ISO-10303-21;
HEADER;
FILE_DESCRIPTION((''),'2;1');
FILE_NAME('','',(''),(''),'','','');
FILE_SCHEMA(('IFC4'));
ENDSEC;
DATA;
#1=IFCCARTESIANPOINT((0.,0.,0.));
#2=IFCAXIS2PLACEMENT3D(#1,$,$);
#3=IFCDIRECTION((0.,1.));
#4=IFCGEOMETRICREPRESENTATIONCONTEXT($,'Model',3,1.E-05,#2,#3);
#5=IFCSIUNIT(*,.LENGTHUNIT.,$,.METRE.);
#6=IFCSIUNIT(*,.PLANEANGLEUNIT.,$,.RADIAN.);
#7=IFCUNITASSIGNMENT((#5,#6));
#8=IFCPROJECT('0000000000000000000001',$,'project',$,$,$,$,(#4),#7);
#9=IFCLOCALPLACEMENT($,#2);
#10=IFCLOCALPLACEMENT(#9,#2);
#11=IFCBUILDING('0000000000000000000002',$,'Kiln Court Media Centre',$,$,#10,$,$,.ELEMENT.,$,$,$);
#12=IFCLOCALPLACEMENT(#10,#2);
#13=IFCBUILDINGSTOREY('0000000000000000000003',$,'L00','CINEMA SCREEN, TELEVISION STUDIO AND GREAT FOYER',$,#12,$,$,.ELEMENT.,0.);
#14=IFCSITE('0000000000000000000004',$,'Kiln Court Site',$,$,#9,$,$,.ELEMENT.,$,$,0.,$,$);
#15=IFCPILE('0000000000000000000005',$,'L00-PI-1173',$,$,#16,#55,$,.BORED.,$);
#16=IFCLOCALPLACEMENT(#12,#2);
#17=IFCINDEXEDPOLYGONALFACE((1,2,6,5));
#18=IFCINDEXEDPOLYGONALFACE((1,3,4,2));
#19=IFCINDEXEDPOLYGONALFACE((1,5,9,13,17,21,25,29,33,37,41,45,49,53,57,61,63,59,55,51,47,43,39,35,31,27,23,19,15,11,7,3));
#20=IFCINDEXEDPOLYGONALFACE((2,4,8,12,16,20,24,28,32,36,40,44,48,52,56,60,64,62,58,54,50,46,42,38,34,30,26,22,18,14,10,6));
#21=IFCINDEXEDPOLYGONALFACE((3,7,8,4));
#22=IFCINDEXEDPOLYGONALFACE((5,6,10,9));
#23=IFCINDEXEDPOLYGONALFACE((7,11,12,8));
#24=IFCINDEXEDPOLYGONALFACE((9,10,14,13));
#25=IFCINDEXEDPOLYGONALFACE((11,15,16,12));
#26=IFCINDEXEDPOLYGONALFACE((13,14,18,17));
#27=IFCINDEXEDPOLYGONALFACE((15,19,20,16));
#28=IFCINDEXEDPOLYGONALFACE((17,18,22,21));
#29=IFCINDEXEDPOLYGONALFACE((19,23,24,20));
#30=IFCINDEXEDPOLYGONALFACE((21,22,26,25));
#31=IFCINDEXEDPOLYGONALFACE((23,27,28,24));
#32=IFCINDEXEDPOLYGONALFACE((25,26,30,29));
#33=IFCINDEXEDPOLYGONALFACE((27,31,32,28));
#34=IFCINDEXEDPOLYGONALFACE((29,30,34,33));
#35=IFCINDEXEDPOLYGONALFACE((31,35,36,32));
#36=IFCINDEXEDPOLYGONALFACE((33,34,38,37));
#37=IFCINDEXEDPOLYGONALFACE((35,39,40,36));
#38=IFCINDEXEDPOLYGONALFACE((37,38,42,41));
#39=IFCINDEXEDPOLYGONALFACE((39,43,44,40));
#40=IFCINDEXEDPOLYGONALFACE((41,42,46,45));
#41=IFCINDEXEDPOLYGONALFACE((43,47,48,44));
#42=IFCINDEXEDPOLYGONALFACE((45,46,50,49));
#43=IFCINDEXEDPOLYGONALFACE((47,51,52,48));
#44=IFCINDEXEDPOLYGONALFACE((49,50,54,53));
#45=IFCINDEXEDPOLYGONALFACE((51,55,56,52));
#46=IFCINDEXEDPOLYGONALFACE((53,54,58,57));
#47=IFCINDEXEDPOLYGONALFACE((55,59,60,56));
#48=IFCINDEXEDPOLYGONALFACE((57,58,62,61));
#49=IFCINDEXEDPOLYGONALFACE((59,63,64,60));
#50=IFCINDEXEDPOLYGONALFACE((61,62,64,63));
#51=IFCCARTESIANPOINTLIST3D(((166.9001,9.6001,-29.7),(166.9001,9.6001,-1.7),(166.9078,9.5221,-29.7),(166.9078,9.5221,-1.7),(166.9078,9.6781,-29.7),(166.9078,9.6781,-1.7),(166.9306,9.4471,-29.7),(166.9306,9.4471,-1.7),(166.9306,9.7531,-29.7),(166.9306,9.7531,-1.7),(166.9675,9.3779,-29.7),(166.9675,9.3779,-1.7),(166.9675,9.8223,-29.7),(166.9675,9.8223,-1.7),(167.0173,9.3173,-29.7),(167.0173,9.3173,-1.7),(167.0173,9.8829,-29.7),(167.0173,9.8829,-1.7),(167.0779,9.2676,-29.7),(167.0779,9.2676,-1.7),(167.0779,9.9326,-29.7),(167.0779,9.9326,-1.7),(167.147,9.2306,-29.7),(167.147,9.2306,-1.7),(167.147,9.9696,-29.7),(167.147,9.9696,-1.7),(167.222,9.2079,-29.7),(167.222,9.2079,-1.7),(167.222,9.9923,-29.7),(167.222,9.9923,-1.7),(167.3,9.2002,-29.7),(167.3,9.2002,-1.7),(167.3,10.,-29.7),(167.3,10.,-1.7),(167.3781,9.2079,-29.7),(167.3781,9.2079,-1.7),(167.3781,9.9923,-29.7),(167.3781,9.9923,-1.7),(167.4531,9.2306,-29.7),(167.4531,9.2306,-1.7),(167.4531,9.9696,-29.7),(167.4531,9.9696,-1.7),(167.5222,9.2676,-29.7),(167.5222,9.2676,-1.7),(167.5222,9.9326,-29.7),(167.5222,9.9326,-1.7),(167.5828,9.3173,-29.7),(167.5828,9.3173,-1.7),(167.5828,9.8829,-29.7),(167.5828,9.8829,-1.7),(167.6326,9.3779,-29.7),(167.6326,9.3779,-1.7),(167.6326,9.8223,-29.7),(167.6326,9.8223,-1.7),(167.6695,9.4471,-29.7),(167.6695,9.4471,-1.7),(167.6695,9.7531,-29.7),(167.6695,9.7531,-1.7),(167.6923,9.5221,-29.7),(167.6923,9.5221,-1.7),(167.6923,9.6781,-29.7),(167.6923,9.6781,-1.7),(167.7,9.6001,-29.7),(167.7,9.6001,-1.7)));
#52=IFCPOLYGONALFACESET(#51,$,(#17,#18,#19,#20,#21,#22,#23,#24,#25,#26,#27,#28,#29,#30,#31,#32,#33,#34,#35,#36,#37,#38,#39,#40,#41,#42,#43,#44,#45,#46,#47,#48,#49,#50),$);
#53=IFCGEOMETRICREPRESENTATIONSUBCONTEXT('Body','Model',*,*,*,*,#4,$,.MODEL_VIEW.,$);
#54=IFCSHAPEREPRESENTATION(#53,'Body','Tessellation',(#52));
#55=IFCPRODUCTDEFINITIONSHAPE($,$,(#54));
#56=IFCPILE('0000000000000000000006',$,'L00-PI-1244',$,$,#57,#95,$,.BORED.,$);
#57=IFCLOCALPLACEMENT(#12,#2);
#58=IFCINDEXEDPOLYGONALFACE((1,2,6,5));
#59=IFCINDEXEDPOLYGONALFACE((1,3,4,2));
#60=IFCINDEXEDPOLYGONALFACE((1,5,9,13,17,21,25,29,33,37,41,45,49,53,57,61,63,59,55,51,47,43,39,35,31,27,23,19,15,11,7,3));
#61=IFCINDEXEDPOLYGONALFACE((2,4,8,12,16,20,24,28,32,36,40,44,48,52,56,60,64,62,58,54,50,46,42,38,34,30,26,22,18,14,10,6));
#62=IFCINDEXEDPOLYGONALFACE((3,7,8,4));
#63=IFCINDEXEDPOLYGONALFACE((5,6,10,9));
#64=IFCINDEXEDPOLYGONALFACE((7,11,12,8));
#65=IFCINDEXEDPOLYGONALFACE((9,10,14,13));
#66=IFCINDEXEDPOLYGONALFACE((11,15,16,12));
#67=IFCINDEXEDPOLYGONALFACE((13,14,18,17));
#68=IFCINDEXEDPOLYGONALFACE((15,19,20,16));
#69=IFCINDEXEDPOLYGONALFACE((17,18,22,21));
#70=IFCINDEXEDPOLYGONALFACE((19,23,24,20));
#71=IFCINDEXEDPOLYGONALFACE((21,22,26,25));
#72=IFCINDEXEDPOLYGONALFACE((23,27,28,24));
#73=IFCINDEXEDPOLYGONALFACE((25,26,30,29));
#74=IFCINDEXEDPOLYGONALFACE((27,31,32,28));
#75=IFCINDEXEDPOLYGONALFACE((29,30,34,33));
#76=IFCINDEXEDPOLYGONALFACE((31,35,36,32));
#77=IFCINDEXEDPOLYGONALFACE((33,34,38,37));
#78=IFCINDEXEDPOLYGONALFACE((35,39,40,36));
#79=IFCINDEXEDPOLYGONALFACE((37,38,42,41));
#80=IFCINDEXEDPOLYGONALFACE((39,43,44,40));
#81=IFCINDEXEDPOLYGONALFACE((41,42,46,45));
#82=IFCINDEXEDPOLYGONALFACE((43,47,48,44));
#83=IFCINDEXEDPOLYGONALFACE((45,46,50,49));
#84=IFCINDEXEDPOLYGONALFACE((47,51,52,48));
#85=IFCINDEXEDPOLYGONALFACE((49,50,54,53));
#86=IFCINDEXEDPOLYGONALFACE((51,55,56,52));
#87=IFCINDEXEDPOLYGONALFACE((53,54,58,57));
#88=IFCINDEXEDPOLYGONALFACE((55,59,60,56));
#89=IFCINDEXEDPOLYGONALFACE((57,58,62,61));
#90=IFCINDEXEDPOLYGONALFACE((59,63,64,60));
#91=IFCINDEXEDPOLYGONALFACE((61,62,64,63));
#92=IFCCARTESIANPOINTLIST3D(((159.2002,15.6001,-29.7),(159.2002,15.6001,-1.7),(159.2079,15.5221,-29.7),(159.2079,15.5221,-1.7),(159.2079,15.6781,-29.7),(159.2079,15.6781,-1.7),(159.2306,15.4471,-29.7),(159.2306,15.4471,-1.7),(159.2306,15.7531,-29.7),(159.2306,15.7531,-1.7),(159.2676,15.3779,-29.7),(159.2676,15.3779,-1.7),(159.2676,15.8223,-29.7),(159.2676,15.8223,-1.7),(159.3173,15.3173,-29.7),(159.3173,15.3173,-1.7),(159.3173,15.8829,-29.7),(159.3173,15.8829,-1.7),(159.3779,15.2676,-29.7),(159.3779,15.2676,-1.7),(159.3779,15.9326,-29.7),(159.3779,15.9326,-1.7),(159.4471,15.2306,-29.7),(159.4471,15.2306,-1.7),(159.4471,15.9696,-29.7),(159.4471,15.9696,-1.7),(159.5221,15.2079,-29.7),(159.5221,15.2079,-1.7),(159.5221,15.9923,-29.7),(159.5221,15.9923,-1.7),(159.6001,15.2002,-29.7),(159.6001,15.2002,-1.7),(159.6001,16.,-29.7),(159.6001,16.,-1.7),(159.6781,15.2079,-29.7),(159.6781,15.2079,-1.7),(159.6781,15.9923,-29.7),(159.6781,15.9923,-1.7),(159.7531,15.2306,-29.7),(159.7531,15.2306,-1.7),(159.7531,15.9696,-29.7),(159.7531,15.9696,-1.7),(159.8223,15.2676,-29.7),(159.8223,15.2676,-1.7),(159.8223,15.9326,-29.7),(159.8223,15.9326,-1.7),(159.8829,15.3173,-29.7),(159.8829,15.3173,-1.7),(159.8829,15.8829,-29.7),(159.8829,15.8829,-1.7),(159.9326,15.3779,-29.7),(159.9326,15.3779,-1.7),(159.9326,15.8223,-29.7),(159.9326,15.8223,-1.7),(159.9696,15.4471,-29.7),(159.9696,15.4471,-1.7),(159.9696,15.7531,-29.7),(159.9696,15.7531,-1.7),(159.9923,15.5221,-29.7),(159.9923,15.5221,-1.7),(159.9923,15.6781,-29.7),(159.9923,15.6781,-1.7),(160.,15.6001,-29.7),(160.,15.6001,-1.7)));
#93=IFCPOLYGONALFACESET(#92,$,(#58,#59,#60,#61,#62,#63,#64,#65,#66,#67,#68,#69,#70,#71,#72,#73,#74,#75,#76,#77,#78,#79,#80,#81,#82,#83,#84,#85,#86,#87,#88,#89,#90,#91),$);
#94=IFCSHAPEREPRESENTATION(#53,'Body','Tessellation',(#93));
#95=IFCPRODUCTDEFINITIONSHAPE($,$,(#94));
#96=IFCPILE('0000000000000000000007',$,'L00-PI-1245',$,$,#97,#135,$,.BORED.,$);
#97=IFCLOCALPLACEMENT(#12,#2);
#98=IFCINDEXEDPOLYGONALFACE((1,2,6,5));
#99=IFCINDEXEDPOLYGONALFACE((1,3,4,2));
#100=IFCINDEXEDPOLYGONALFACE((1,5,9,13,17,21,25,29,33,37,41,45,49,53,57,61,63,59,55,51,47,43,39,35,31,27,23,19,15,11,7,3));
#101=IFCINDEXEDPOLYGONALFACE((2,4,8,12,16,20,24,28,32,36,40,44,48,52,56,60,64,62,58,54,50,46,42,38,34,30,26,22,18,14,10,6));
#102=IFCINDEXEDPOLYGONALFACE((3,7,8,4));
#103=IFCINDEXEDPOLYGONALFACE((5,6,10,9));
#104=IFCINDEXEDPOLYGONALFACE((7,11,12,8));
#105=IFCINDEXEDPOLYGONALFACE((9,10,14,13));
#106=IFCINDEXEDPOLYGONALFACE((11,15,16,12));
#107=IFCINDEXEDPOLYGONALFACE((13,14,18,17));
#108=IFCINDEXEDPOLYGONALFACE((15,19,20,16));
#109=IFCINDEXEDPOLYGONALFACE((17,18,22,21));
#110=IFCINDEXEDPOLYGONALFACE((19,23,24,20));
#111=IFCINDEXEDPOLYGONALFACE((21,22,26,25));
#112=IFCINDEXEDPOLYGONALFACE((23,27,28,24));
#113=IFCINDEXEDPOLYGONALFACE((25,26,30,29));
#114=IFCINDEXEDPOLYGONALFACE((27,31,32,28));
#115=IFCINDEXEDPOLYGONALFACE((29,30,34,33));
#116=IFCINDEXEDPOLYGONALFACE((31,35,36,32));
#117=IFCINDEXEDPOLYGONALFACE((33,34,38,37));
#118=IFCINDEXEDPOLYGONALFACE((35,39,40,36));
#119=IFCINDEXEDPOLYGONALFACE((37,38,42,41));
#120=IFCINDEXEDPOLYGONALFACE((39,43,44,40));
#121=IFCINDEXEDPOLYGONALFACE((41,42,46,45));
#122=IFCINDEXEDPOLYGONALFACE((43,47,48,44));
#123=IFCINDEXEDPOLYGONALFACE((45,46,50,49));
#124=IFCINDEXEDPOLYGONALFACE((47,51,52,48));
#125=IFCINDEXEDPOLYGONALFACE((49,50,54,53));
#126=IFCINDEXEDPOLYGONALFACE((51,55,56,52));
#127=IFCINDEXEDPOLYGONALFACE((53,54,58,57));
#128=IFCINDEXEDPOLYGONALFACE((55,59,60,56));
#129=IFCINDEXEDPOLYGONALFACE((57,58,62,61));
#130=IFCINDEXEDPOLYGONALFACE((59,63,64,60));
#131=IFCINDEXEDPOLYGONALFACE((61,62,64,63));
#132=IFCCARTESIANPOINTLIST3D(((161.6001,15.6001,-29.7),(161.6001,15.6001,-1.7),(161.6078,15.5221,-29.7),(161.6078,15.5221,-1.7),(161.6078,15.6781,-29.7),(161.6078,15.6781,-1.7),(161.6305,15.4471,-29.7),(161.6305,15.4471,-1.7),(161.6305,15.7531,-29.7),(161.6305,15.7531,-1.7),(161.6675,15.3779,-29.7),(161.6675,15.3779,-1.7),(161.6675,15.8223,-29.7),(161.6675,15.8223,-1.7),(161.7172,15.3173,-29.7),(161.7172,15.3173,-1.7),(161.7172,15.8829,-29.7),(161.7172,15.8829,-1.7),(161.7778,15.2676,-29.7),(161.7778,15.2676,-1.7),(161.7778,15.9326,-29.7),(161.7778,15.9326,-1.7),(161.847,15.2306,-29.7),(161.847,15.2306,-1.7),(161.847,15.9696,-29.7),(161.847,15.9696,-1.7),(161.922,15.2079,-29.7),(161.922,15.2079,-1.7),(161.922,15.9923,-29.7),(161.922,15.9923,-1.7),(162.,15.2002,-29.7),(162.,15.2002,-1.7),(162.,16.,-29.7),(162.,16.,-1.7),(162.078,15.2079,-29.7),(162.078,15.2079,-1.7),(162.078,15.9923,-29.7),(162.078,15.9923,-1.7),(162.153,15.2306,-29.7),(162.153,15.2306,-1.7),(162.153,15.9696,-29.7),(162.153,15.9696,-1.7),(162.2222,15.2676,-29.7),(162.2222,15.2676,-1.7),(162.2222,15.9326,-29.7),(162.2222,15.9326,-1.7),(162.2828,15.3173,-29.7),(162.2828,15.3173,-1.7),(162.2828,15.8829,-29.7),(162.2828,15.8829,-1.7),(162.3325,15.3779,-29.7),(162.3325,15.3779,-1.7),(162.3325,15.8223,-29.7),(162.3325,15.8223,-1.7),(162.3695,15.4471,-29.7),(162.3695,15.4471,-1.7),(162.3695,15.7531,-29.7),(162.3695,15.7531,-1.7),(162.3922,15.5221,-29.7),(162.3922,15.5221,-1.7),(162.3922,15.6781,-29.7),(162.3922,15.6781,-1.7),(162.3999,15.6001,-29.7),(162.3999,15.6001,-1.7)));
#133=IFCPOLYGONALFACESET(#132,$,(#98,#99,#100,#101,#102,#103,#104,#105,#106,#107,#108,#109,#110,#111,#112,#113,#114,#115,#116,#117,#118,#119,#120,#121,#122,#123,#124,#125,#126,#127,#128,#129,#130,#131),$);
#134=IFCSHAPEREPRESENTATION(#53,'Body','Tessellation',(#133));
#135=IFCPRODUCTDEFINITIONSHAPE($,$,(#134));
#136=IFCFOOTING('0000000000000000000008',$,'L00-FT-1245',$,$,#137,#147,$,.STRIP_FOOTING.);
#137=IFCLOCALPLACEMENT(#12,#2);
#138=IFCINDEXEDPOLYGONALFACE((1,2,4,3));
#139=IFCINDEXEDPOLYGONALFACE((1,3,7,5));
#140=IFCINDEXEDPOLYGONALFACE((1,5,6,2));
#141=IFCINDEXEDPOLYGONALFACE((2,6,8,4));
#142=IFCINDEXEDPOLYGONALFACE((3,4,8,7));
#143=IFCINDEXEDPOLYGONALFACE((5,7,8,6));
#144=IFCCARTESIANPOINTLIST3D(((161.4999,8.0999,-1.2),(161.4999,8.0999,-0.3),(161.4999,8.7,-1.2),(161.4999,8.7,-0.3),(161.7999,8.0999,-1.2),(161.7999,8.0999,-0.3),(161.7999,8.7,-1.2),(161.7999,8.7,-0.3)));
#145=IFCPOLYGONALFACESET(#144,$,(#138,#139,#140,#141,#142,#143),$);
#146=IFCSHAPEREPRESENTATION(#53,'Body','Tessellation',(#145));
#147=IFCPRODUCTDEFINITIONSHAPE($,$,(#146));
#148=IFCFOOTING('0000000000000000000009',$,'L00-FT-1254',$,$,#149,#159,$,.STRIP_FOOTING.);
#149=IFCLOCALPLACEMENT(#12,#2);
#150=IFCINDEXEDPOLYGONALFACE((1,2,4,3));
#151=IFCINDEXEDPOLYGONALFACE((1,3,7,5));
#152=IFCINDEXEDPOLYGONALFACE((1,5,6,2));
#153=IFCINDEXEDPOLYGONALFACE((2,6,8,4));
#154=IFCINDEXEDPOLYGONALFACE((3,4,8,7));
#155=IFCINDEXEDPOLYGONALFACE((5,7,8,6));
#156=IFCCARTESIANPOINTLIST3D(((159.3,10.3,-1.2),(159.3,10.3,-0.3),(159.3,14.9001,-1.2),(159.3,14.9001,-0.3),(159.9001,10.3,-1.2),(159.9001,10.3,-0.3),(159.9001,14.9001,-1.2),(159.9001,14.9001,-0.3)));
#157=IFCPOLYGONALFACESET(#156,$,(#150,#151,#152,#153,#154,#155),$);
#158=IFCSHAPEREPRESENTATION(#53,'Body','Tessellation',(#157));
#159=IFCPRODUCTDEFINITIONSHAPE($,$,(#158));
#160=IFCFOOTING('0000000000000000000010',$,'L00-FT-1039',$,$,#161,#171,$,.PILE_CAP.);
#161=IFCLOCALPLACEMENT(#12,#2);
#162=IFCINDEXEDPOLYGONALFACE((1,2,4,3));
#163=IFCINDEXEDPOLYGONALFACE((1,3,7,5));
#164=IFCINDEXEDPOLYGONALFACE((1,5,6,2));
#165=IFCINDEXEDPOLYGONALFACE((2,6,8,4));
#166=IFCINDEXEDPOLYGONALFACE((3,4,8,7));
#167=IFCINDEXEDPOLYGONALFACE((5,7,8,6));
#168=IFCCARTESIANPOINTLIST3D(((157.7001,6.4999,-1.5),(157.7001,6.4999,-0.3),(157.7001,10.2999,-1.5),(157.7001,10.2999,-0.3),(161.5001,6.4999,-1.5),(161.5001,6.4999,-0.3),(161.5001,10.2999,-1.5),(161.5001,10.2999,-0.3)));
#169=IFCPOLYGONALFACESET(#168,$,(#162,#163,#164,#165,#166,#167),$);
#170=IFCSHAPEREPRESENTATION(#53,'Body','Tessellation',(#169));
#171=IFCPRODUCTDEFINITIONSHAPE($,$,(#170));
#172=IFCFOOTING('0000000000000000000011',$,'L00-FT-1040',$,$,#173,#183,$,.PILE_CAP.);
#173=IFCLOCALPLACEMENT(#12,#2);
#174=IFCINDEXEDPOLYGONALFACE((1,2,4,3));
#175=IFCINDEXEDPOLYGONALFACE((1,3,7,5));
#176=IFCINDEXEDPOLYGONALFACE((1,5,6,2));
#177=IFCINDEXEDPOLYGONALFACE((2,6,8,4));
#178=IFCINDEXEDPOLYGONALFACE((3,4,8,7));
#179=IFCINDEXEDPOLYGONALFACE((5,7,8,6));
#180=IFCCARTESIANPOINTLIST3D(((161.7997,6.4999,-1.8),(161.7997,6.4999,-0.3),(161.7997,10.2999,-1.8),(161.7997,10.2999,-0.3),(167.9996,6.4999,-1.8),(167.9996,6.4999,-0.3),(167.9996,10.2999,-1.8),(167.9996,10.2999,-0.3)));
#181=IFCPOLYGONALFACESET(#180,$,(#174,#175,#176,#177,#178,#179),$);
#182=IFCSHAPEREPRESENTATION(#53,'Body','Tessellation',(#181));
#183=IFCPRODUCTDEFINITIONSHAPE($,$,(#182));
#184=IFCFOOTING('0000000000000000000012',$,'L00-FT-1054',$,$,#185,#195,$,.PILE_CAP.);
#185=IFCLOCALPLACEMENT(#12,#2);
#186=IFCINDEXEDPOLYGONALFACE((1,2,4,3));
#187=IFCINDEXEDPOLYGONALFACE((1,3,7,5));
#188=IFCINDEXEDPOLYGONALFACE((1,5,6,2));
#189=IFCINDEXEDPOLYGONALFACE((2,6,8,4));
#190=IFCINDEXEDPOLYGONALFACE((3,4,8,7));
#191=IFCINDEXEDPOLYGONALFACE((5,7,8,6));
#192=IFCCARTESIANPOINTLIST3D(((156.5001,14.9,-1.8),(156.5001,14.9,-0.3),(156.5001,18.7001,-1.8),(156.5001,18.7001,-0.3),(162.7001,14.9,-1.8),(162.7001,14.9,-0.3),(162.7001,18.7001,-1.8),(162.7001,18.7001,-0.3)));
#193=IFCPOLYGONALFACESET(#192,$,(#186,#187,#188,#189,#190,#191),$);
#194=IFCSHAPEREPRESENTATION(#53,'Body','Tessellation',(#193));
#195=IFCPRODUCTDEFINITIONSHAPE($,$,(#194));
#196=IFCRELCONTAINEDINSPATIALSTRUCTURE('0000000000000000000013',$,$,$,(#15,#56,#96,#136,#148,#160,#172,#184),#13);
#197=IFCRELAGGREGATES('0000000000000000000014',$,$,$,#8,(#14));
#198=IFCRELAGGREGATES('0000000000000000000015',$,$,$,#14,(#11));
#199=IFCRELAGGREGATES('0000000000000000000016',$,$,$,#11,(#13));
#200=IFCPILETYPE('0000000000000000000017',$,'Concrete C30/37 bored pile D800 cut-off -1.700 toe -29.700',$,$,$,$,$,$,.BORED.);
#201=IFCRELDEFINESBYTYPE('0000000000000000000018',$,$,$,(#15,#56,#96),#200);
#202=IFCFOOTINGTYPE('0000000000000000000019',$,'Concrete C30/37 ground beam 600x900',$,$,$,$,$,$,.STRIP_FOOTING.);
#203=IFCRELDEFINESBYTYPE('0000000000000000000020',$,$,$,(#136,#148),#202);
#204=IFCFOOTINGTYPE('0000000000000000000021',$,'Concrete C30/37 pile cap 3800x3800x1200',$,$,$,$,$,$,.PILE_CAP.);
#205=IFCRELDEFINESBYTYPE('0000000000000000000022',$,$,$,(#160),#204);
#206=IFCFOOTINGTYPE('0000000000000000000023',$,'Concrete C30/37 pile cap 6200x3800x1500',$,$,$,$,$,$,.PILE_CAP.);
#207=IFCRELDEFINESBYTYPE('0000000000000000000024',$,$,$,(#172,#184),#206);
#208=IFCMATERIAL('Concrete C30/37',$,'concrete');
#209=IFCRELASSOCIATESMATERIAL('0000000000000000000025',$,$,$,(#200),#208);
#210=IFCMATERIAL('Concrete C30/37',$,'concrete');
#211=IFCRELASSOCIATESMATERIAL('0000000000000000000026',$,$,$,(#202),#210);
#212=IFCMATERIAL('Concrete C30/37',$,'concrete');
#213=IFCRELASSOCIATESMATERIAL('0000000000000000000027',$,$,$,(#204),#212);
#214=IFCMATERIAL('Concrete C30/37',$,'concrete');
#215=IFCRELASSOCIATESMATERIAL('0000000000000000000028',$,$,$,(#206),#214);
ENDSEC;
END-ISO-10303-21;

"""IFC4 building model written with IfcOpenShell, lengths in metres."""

from ifc_helpers import new_model, si_unit, direction, frame, origin, origin_2d, place, context, subcontext, project, spatial, rectangle, circle, extrude, material, material_profile, profile_set, type_object, element, save


model = new_model("IFC4")

# Units and contexts
model_context = context("Model", 3, precision=1e-05, world=origin(), true_north=direction((0.0, 1.0)))
body_context = subcontext(model_context, "Body", "Model", "MODEL_VIEW")
ifc_project = project(units=[si_unit("LENGTHUNIT", "METRE"), si_unit("PLANEANGLEUNIT", "RADIAN")], contexts=[model_context])

# Site, building, storey
site_placement = place(None, origin())
site = spatial("IfcSite", under=ifc_project, at=site_placement, Name="Kiln Court Site", CompositionType="ELEMENT", RefElevation=0.0)
building_placement = place(site_placement, origin())
building = spatial("IfcBuilding", under=site, at=building_placement, Name="Kiln Court Media Centre", CompositionType="ELEMENT")
storey_placement = place(building_placement, origin())
storey = spatial("IfcBuildingStorey", under=building, at=storey_placement, Name="L00", Description="CINEMA SCREEN, TELEVISION STUDIO AND GREAT FOYER", CompositionType="ELEMENT", Elevation=0.0)

# Piles
ifc_material_1 = material(Name="Concrete C30/37", Category="concrete")
ifc_material_profile_1 = material_profile(ifc_material_1, circle(Radius=0.3999, at=origin_2d()), Name="PILE D800")
ifc_profile_set_1 = profile_set([ifc_material_profile_1], Name="Concrete C30/37")
pile_type_1 = type_object("IfcPileType", Name="Concrete C30/37 bored pile D800 cut-off -1.700 toe -29.700", PredefinedType="BORED", material=ifc_profile_set_1)
for number, where, z_axis, x_axis, name in (
    (1, (167.3, 9.6001, -1.7), (0.0, 0.0, -1.0), (1.0, 0.0, 0.0), "L00-PI-1173"),
    (2, (159.6001, 15.6001, -1.7), (0.0, 0.0, -1.0), (1.0, 0.0, 0.0), "L00-PI-1244"),
    (3, (162.0, 15.6001, -1.7), (0.0, 0.0, -1.0), (1.0, 0.0, 0.0), "L00-PI-1245"),
):
    element("IfcPile", number, at=place(storey_placement, frame(where, z_axis=z_axis, x_axis=x_axis)), inside=storey, type_object=pile_type_1, Name=name, PredefinedType="BORED", context=body_context, shape_type="SweptSolid", body=[
        extrude(circle(Radius=0.3999, at=origin_2d()), origin(), (0.0, 0.0, 1.0), 28.0),
    ])

# Footings
ifc_material_2 = material(Name="Concrete C30/37", Category="concrete")
footing_type_1 = type_object("IfcFootingType", Name="Concrete C30/37 ground beam 600x900", PredefinedType="STRIP_FOOTING", material=ifc_material_2)
footing_1_placement = place(storey_placement, frame((161.6499, 8.3999, -1.2), z_axis=(0.0, 0.0, 1.0), x_axis=(1.0, 0.0, 0.0)))
element("IfcFooting", 4, at=footing_1_placement, inside=storey, type_object=footing_type_1, Name="L00-FT-1245", PredefinedType="STRIP_FOOTING", context=body_context, shape_type="SweptSolid", body=[
    extrude(rectangle(XDim=0.3, YDim=0.6001, at=origin_2d()), origin(), (0.0, 0.0, 1.0), 0.8999),
])
footing_2_placement = place(storey_placement, frame((159.6001, 12.6001, -1.2), z_axis=(0.0, 0.0, 1.0), x_axis=(1.0, 0.0, 0.0)))
element("IfcFooting", 5, at=footing_2_placement, inside=storey, type_object=footing_type_1, Name="L00-FT-1254", PredefinedType="STRIP_FOOTING", context=body_context, shape_type="SweptSolid", body=[
    extrude(rectangle(XDim=0.6001, YDim=4.6001, at=origin_2d()), origin(), (0.0, 0.0, 1.0), 0.8999),
])
ifc_material_3 = material(Name="Concrete C30/37", Category="concrete")
footing_type_2 = type_object("IfcFootingType", Name="Concrete C30/37 pile cap 3800x3800x1200", PredefinedType="PILE_CAP", material=ifc_material_3)
footing_3_placement = place(storey_placement, frame((159.6001, 8.3999, -1.5), z_axis=(0.0, 0.0, 1.0), x_axis=(1.0, 0.0, 0.0)))
element("IfcFooting", 6, at=footing_3_placement, inside=storey, type_object=footing_type_2, Name="L00-FT-1039", PredefinedType="PILE_CAP", context=body_context, shape_type="SweptSolid", body=[
    extrude(rectangle(XDim=3.8, YDim=3.8, at=origin_2d()), origin(), (0.0, 0.0, 1.0), 1.2),
])
ifc_material_4 = material(Name="Concrete C30/37", Category="concrete")
footing_type_3 = type_object("IfcFootingType", Name="Concrete C30/37 pile cap 6200x3800x1500", PredefinedType="PILE_CAP", material=ifc_material_4)
for number, where, z_axis, x_axis, name in (
    (7, (164.8997, 8.3999, -1.8), (0.0, 0.0, 1.0), (1.0, 0.0, 0.0), "L00-FT-1040"),
    (8, (159.6001, 16.8, -1.8), (0.0, 0.0, 1.0), (1.0, 0.0, 0.0), "L00-FT-1054"),
):
    element("IfcFooting", number, at=place(storey_placement, frame(where, z_axis=z_axis, x_axis=x_axis)), inside=storey, type_object=footing_type_3, Name=name, PredefinedType="PILE_CAP", context=body_context, shape_type="SweptSolid", body=[
        extrude(rectangle(XDim=6.2, YDim=3.8, at=origin_2d()), origin(), (0.0, 0.0, 1.0), 1.5),
    ])

save(model, "model.ifc")
